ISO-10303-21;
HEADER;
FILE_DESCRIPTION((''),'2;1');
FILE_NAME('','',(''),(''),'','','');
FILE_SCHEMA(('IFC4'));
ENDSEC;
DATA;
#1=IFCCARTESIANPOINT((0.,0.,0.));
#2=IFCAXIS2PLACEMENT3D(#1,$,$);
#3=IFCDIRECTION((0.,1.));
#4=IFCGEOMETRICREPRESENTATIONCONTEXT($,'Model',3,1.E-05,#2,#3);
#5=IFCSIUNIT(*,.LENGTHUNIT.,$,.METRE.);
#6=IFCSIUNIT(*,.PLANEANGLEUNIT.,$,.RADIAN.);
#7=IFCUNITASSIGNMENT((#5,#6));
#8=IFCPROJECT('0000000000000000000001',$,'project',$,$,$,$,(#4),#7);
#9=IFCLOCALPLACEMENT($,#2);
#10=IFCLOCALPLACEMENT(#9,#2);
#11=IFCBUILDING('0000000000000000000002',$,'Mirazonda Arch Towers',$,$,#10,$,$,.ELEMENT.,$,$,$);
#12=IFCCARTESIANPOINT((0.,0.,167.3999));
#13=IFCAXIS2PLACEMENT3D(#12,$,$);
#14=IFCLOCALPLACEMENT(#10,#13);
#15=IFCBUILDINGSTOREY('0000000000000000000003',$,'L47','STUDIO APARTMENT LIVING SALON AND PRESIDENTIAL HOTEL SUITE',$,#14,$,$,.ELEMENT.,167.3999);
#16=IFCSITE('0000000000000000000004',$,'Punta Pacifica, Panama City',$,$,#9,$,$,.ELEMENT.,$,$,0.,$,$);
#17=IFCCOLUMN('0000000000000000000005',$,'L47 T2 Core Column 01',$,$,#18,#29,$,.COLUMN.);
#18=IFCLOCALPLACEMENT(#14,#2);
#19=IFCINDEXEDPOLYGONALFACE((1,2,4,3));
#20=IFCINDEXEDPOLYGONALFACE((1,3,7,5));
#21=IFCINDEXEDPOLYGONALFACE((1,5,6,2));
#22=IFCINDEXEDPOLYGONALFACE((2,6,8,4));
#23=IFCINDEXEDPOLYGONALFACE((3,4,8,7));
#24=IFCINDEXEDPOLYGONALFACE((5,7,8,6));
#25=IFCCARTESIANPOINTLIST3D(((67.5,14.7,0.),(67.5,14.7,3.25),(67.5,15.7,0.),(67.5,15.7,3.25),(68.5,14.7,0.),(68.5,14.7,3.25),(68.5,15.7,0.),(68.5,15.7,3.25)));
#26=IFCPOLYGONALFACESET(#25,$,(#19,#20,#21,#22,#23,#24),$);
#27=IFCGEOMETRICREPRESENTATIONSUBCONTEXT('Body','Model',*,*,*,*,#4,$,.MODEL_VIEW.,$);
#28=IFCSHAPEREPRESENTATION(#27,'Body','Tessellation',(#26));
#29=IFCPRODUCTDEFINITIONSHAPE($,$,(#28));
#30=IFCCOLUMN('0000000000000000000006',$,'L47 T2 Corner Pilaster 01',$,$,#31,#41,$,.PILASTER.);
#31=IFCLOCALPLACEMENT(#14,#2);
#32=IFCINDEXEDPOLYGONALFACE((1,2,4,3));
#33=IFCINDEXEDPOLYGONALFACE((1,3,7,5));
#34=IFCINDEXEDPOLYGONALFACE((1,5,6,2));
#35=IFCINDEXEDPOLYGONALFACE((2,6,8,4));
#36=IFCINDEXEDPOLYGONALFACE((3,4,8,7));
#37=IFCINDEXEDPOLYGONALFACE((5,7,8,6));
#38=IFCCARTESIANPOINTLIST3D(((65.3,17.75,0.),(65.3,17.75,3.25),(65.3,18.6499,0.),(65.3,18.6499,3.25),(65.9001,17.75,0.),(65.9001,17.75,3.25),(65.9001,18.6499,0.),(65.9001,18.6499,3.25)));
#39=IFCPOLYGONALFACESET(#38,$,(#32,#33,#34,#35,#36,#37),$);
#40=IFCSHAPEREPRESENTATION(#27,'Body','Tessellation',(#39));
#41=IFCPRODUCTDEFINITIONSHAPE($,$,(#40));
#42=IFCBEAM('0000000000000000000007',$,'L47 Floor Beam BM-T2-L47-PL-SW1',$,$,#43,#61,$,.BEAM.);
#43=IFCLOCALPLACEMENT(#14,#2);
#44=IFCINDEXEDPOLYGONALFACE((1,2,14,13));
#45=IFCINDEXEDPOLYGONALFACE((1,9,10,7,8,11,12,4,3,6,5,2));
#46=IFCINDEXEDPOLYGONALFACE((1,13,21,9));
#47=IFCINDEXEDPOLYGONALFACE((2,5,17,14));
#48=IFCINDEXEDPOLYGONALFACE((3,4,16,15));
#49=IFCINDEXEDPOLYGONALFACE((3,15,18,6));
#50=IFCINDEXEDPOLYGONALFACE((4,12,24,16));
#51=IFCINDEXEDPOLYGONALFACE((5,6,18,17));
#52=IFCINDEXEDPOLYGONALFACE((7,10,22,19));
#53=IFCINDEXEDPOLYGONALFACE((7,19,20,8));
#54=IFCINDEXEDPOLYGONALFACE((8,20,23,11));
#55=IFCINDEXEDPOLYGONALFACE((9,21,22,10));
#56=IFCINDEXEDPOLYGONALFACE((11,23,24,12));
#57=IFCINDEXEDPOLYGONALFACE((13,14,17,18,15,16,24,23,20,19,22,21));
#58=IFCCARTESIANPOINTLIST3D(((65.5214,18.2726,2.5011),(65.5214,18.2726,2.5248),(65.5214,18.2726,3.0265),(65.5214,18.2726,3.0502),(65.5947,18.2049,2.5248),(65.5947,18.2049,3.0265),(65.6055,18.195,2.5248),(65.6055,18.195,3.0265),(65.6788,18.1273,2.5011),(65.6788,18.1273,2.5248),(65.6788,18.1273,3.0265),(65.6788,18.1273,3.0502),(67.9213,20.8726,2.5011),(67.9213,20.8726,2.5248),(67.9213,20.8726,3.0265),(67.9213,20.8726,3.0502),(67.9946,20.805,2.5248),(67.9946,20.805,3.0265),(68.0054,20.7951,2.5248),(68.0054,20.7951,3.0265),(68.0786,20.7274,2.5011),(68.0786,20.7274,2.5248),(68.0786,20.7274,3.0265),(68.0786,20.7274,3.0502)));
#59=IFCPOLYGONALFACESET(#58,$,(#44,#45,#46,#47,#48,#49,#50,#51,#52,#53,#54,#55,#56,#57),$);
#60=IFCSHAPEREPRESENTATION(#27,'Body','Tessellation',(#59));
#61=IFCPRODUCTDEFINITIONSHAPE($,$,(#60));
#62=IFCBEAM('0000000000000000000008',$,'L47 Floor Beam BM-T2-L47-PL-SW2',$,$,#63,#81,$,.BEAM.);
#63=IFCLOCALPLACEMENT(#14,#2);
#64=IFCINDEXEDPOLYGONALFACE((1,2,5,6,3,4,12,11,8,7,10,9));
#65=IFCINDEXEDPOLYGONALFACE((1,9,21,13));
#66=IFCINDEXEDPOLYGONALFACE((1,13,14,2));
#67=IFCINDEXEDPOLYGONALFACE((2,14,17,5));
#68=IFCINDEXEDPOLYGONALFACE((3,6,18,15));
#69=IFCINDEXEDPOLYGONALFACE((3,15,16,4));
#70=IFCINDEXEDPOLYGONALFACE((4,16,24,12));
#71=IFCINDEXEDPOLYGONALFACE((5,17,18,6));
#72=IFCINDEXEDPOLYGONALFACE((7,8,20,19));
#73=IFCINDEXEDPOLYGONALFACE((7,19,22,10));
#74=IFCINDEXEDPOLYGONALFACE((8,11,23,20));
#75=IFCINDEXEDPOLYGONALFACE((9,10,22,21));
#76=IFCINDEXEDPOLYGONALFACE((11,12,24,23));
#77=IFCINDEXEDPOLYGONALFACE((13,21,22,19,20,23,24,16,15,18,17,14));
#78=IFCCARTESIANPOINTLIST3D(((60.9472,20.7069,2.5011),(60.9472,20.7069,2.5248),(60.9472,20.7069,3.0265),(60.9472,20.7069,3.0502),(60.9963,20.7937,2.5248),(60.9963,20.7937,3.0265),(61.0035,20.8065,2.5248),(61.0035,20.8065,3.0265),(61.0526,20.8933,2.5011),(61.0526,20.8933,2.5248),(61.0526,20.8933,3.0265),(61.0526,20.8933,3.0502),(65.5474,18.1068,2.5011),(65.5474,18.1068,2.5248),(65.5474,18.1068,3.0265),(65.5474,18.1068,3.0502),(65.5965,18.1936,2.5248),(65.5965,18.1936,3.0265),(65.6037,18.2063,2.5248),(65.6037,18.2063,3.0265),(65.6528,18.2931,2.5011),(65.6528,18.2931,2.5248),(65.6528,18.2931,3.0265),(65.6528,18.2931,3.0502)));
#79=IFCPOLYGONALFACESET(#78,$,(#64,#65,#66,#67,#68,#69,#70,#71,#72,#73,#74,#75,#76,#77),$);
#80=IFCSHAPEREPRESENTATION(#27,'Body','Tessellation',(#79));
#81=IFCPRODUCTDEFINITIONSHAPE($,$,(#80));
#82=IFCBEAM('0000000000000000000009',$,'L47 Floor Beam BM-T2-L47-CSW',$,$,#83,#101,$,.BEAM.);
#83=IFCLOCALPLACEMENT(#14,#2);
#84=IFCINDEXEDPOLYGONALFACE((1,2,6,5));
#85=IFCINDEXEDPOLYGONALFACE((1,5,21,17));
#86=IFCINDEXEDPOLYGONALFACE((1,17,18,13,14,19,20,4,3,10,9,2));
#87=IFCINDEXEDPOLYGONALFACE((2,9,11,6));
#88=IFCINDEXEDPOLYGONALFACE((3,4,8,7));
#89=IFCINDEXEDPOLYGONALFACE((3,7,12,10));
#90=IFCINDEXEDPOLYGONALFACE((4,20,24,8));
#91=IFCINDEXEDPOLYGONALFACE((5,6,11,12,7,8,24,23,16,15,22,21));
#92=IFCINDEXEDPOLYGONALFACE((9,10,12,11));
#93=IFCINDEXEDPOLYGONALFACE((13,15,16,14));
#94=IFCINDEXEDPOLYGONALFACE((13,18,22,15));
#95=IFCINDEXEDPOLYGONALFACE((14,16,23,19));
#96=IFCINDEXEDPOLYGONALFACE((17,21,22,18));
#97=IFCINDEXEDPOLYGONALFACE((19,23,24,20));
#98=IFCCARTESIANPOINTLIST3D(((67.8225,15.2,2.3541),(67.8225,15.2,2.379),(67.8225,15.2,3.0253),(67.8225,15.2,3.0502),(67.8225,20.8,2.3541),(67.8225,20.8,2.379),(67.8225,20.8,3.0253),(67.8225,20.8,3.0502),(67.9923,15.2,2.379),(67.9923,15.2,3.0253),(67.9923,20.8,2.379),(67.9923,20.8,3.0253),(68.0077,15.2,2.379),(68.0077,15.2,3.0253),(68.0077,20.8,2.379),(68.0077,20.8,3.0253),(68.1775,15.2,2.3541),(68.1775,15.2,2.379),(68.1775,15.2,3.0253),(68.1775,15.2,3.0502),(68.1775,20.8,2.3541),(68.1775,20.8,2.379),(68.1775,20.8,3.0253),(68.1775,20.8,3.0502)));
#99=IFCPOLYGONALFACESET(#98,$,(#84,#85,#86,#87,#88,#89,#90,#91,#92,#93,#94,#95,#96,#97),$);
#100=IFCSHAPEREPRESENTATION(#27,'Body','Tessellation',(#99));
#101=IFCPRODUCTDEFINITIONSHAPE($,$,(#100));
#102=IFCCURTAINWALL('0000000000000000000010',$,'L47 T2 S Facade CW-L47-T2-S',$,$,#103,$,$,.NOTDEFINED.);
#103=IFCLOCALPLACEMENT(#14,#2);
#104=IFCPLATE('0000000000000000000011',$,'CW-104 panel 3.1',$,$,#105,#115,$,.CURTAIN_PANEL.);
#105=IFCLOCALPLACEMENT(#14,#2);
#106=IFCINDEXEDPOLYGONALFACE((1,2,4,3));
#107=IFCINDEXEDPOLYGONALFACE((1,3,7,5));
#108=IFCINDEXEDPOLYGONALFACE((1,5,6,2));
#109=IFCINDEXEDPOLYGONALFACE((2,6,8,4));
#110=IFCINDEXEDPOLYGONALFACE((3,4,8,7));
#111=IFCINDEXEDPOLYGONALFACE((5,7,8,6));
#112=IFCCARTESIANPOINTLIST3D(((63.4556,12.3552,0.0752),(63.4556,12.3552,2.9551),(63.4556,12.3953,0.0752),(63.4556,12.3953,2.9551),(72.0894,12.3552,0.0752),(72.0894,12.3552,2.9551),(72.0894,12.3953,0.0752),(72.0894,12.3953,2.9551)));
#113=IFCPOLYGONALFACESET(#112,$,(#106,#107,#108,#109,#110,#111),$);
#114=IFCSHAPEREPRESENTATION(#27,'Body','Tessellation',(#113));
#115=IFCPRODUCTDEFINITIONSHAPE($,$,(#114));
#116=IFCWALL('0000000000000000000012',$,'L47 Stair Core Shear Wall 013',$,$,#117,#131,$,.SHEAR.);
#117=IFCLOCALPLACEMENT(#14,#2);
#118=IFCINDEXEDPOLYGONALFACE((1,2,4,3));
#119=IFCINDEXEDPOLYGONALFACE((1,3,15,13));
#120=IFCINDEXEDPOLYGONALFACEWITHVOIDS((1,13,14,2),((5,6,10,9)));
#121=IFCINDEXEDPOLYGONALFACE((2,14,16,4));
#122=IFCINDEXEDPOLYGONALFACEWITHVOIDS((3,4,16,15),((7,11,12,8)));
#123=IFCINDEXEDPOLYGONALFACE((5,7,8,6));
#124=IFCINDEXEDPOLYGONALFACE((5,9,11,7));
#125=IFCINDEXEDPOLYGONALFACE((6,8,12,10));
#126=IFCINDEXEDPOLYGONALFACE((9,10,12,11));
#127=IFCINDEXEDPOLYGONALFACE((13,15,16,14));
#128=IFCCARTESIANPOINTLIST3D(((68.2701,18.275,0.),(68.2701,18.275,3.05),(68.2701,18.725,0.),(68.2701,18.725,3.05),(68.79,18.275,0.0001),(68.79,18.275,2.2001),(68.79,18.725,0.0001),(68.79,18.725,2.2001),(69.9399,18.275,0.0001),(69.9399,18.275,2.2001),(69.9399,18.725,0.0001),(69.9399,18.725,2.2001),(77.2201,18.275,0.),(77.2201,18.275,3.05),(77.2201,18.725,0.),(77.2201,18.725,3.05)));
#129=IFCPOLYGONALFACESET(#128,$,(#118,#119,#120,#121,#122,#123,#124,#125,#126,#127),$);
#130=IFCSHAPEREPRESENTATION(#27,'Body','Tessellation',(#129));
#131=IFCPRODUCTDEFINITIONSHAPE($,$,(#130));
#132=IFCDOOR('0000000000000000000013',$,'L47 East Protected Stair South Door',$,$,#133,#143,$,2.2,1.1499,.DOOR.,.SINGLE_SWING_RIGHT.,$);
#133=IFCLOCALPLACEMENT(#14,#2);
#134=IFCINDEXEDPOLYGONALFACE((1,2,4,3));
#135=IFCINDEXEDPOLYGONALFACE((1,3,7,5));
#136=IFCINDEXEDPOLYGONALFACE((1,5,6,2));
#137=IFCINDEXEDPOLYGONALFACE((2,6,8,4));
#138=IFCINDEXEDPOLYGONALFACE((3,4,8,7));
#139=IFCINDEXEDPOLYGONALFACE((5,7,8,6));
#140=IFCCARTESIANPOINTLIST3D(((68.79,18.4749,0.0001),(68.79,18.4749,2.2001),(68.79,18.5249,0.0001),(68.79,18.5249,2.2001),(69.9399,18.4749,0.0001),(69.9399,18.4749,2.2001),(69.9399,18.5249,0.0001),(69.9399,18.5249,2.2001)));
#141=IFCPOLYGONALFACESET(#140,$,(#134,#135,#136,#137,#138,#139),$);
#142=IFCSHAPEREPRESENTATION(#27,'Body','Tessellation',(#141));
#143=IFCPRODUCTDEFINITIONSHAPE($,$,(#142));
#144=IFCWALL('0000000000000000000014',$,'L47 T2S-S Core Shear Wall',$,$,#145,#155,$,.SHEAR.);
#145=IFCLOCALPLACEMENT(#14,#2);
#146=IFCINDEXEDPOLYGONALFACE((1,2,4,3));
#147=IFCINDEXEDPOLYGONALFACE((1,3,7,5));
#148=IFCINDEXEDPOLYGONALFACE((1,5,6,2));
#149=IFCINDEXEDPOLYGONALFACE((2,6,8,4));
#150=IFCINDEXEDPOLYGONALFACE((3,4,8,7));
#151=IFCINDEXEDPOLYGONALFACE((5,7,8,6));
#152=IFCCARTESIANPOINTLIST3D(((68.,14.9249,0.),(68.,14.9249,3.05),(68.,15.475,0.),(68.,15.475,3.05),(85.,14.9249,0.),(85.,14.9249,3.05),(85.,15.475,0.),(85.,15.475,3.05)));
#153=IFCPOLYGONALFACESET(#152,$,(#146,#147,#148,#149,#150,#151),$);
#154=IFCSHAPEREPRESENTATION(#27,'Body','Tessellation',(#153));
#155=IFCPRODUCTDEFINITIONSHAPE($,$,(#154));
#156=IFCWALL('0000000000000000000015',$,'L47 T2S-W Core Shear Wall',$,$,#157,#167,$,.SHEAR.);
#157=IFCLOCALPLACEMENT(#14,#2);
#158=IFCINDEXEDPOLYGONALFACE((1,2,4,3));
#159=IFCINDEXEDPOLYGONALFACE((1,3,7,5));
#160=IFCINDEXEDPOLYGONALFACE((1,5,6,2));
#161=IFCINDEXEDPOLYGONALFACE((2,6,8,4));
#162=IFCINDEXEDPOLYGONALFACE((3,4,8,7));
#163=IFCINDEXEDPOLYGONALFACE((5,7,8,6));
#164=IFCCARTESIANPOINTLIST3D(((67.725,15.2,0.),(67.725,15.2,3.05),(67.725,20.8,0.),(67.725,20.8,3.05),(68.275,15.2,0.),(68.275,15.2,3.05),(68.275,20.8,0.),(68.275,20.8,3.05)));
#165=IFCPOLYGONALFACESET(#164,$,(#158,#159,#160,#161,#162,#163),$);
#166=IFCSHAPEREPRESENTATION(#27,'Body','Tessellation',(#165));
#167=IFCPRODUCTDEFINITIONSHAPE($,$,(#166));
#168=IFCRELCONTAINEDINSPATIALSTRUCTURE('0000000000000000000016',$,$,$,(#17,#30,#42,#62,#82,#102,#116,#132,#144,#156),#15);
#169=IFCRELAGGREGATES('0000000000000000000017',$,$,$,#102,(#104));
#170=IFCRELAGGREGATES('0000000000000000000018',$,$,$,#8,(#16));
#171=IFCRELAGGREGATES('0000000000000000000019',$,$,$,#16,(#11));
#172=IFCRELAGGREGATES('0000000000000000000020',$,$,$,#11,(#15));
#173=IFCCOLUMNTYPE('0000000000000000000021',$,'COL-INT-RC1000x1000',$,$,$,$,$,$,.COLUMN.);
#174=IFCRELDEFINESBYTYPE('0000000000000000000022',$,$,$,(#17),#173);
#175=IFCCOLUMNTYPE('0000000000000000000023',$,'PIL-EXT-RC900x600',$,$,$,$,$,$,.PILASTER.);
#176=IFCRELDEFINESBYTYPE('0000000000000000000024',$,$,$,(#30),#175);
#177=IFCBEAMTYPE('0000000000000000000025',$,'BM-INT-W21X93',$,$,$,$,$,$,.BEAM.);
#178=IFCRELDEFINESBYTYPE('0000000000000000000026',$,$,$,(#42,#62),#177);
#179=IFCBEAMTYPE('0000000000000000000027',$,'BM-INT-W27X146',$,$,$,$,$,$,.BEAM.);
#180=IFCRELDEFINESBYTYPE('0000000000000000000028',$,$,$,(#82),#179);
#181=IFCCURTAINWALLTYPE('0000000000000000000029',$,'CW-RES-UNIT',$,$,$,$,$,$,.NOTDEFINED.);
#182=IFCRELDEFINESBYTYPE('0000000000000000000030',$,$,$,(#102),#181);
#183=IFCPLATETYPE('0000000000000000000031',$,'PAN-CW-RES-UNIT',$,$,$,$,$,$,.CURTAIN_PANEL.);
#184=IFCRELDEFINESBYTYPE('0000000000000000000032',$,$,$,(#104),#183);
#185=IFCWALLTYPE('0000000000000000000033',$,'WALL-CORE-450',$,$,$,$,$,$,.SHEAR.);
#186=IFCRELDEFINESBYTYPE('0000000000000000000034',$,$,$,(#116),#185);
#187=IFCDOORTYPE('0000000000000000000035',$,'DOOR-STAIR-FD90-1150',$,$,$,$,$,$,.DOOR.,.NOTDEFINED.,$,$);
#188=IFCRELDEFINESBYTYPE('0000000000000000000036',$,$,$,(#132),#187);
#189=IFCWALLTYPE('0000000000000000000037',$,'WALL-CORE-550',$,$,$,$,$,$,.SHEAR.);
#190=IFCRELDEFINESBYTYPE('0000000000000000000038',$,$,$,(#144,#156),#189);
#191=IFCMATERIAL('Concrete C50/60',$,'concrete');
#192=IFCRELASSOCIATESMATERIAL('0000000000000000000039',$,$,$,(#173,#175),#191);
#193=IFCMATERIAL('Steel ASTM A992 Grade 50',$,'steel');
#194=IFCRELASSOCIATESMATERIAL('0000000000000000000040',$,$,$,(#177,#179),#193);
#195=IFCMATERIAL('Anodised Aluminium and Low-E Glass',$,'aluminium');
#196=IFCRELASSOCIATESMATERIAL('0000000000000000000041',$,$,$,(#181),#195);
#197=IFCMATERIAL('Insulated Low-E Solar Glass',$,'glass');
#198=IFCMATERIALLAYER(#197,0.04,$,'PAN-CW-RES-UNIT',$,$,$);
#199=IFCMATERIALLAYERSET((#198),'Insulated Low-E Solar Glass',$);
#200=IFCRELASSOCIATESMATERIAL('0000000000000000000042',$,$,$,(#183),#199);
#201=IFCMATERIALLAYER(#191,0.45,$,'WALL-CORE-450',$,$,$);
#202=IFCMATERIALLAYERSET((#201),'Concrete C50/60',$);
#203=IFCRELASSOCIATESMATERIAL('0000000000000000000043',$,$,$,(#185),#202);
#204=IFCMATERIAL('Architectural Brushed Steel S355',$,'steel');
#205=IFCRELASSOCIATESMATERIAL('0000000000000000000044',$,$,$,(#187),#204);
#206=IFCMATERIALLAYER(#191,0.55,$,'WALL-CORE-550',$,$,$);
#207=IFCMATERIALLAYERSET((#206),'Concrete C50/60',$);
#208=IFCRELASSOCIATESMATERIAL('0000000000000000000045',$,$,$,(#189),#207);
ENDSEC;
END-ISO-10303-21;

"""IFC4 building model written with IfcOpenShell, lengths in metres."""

from ifc_helpers import new_model, si_unit, direction, frame, frame_2d, origin, origin_2d, place, context, subcontext, project, spatial, rectangle, i_section, extrude, material, layer, layer_set, material_profile, profile_set, type_object, element, fill, aggregate, save


model = new_model("IFC4")

# Units and contexts
model_context = context("Model", 3, precision=1e-05, world=origin(), true_north=direction((0.0, 1.0)))
body_context = subcontext(model_context, "Body", "Model", "MODEL_VIEW")
ifc_project = project(units=[si_unit("LENGTHUNIT", "METRE"), si_unit("PLANEANGLEUNIT", "RADIAN")], contexts=[model_context])

# Site, building, storey
site_placement = place(None, origin())
site = spatial("IfcSite", under=ifc_project, at=site_placement, Name="Punta Pacifica, Panama City", CompositionType="ELEMENT", RefElevation=0.0)
building_placement = place(site_placement, origin())
building = spatial("IfcBuilding", under=site, at=building_placement, Name="Mirazonda Arch Towers", CompositionType="ELEMENT")
storey_placement = place(building_placement, frame((0.0, 0.0, 167.3999)))
storey = spatial("IfcBuildingStorey", under=building, at=storey_placement, Name="L47", Description="STUDIO APARTMENT LIVING SALON AND PRESIDENTIAL HOTEL SUITE", CompositionType="ELEMENT", Elevation=167.3999)

# Columns
ifc_material_1 = material(Name="Concrete C50/60", Category="concrete")
ifc_material_profile_1 = material_profile(ifc_material_1, rectangle(XDim=1.0, YDim=1.0, at=origin_2d()), Name="RC1000x1000")
ifc_profile_set_1 = profile_set([ifc_material_profile_1], Name="Concrete C50/60")
column_type_1 = type_object("IfcColumnType", Name="COL-INT-RC1000x1000", PredefinedType="COLUMN", material=ifc_profile_set_1)
column_1_placement = place(storey_placement, frame((68.0, 15.2, 0.0), z_axis=(0.0, 0.0, 1.0), x_axis=(1.0, 0.0, 0.0)))
element("IfcColumn", 1, at=column_1_placement, inside=storey, type_object=column_type_1, Name="L47 T2 Core Column 01", PredefinedType="COLUMN", context=body_context, shape_type="SweptSolid", body=[
    extrude(rectangle(XDim=1.0, YDim=1.0, at=origin_2d()), origin(), (0.0, 0.0, 1.0), 3.25),
])
ifc_material_profile_2 = material_profile(ifc_material_1, rectangle(XDim=0.6001, YDim=0.8999, at=origin_2d()), Name="RC900x600")
ifc_profile_set_2 = profile_set([ifc_material_profile_2], Name="Concrete C50/60")
column_type_2 = type_object("IfcColumnType", Name="PIL-EXT-RC900x600", PredefinedType="PILASTER", material=ifc_profile_set_2)
column_2_placement = place(storey_placement, frame((65.6001, 18.2, 0.0), z_axis=(0.0, 0.0, 1.0), x_axis=(1.0, 0.0, 0.0)))
element("IfcColumn", 2, at=column_2_placement, inside=storey, type_object=column_type_2, Name="L47 T2 Corner Pilaster 01", PredefinedType="PILASTER", context=body_context, shape_type="SweptSolid", body=[
    extrude(rectangle(XDim=0.6001, YDim=0.8999, at=origin_2d()), origin(), (0.0, 0.0, 1.0), 3.25),
])

# Beams
ifc_material_2 = material(Name="Steel ASTM A992 Grade 50", Category="steel")
ifc_material_profile_3 = material_profile(ifc_material_2, i_section(OverallWidth=0.2141, OverallDepth=0.5491, WebThickness=0.0146, FlangeThickness=0.0237, at=origin_2d()), Name="W21X93")
ifc_profile_set_3 = profile_set([ifc_material_profile_3], Name="Steel ASTM A992 Grade 50")
beam_type_1 = type_object("IfcBeamType", Name="BM-INT-W21X93", PredefinedType="BEAM", material=ifc_profile_set_3)
beam_1_placement = place(storey_placement, frame((65.6001, 18.2, 2.7756), z_axis=(0.678251, 0.73483, 0.0), x_axis=(-0.73483, 0.678251, 0.0)))
element("IfcBeam", 3, at=beam_1_placement, inside=storey, type_object=beam_type_1, Name="L47 Floor Beam BM-T2-L47-PL-SW1", PredefinedType="BEAM", context=body_context, shape_type="SweptSolid", body=[
    extrude(i_section(OverallWidth=0.2141, OverallDepth=0.5491, WebThickness=0.0146, FlangeThickness=0.0237, at=origin_2d()), origin(), (0.0, 0.0, 1.0), 3.5383),
])
beam_2_placement = place(storey_placement, frame((65.6001, 18.2, 2.7756), z_axis=(-0.870559, 0.492063, 0.0), x_axis=(-0.492063, -0.870559, 0.0)))
element("IfcBeam", 4, at=beam_2_placement, inside=storey, type_object=beam_type_1, Name="L47 Floor Beam BM-T2-L47-PL-SW2", PredefinedType="BEAM", context=body_context, shape_type="SweptSolid", body=[
    extrude(i_section(OverallWidth=0.2141, OverallDepth=0.5491, WebThickness=0.0146, FlangeThickness=0.0237, at=origin_2d()), origin(), (0.0, 0.0, 1.0), 5.2842),
])
ifc_material_profile_4 = material_profile(ifc_material_2, i_section(OverallWidth=0.355, OverallDepth=0.696, WebThickness=0.0154, FlangeThickness=0.0249, at=origin_2d()), Name="W27X146")
ifc_profile_set_4 = profile_set([ifc_material_profile_4], Name="Steel ASTM A992 Grade 50")
beam_type_2 = type_object("IfcBeamType", Name="BM-INT-W27X146", PredefinedType="BEAM", material=ifc_profile_set_4)
beam_3_placement = place(storey_placement, frame((68.0, 15.2, 2.7021), z_axis=(0.0, 1.0, 0.0), x_axis=(-1.0, 0.0, 0.0)))
element("IfcBeam", 5, at=beam_3_placement, inside=storey, type_object=beam_type_2, Name="L47 Floor Beam BM-T2-L47-CSW", PredefinedType="BEAM", context=body_context, shape_type="SweptSolid", body=[
    extrude(i_section(OverallWidth=0.355, OverallDepth=0.696, WebThickness=0.0154, FlangeThickness=0.0249, at=origin_2d()), origin(), (0.0, 0.0, 1.0), 5.6001),
])

# Curtain wall, plate
ifc_material_3 = material(Name="Anodised Aluminium and Low-E Glass", Category="aluminium")
curtain_wall_type = type_object("IfcCurtainWallType", Name="CW-RES-UNIT", PredefinedType="NOTDEFINED", material=ifc_material_3)
curtain_wall_placement = place(storey_placement, origin())
curtain_wall = element("IfcCurtainWall", 6, at=curtain_wall_placement, inside=storey, type_object=curtain_wall_type, Name="L47 T2 S Facade CW-L47-T2-S", PredefinedType="NOTDEFINED")
ifc_material_4 = material(Name="Insulated Low-E Solar Glass", Category="glass")
ifc_layer_1 = layer(ifc_material_4, 0.04, Name="PAN-CW-RES-UNIT")
ifc_layer_set_1 = layer_set([ifc_layer_1], Name="Insulated Low-E Solar Glass")
plate_type = type_object("IfcPlateType", Name="PAN-CW-RES-UNIT", PredefinedType="CURTAIN_PANEL", material=ifc_layer_set_1)
plate_placement = place(storey_placement, frame((67.7725, 12.3752, 0.0752), z_axis=(0.0, 0.0, 1.0), x_axis=(-1.0, 0.0, 0.0)))
plate = element("IfcPlate", 7, at=plate_placement, type_object=plate_type, Name="CW-104 panel 3.1", PredefinedType="CURTAIN_PANEL", context=body_context, shape_type="SweptSolid", body=[
    extrude(rectangle(XDim=8.6338, YDim=0.04, at=origin_2d()), origin(), (0.0, 0.0, 1.0), 2.8799),
])
aggregate(curtain_wall, [plate])

# Wall, opening, door
ifc_layer_2 = layer(ifc_material_1, 0.45, Name="WALL-CORE-450")
ifc_layer_set_2 = layer_set([ifc_layer_2], Name="Concrete C50/60")
wall_type_1 = type_object("IfcWallType", Name="WALL-CORE-450", PredefinedType="SHEAR", material=ifc_layer_set_2)
wall_1_placement = place(storey_placement, frame((68.27, 18.5, 0.0), z_axis=(0.0, 0.0, 1.0), x_axis=(1.0, 0.0, 0.0)))
wall_1 = element("IfcWall", 8, at=wall_1_placement, inside=storey, type_object=wall_type_1, Name="L47 Stair Core Shear Wall 013", PredefinedType="SHEAR", context=body_context, shape_type="SweptSolid", body=[
    extrude(rectangle(XDim=8.95, YDim=0.45, at=frame_2d((4.4751, 0.0))), origin(), (0.0, 0.0, 1.0), 3.05),
])
opening_placement = place(wall_1_placement, frame((0.52, 0.0, 0.0)))
opening = element("IfcOpeningElement", 9, at=opening_placement, cuts=wall_1, PredefinedType="OPENING", context=body_context, shape_type="SweptSolid", body=[
    extrude(rectangle(XDim=1.1499, YDim=2.2, at=frame_2d((0.575, 1.1001))), frame((0.0, 0.2349, 0.0), z_axis=(0.0, -1.0, 0.0), x_axis=(1.0, 0.0, 0.0)), (0.0, 0.0, 1.0), 0.47),
])
ifc_material_5 = material(Name="Architectural Brushed Steel S355", Category="steel")
door_type = type_object("IfcDoorType", Name="DOOR-STAIR-FD90-1150", OperationType="NOTDEFINED", PredefinedType="DOOR", material=ifc_material_5)
door_placement = place(opening_placement, origin())
door = element("IfcDoor", 10, at=door_placement, inside=storey, type_object=door_type, Name="L47 East Protected Stair South Door", OperationType="SINGLE_SWING_RIGHT", OverallHeight=2.2, OverallWidth=1.1499, PredefinedType="DOOR", context=body_context, shape_type="SweptSolid", body=[
    extrude(rectangle(XDim=1.1499, YDim=2.2, at=frame_2d((0.575, 1.1001))), frame((0.0, 0.0249, 0.0), z_axis=(0.0, -1.0, 0.0), x_axis=(1.0, 0.0, 0.0)), (0.0, 0.0, 1.0), 0.05),
])
fill(opening, door)

# Walls
ifc_layer_3 = layer(ifc_material_1, 0.55, Name="WALL-CORE-550")
ifc_layer_set_3 = layer_set([ifc_layer_3], Name="Concrete C50/60")
wall_type_2 = type_object("IfcWallType", Name="WALL-CORE-550", PredefinedType="SHEAR", material=ifc_layer_set_3)
wall_2_placement = place(storey_placement, frame((68.0, 15.2, 0.0), z_axis=(0.0, 0.0, 1.0), x_axis=(1.0, 0.0, 0.0)))
element("IfcWall", 11, at=wall_2_placement, inside=storey, type_object=wall_type_2, Name="L47 T2S-S Core Shear Wall", PredefinedType="SHEAR", context=body_context, shape_type="SweptSolid", body=[
    extrude(rectangle(XDim=17.0, YDim=0.55, at=frame_2d((8.5, 0.0))), origin(), (0.0, 0.0, 1.0), 3.05),
])
wall_3_placement = place(storey_placement, frame((68.0, 15.2, 0.0), z_axis=(0.0, 0.0, 1.0), x_axis=(0.0, 1.0, 0.0)))
element("IfcWall", 12, at=wall_3_placement, inside=storey, type_object=wall_type_2, Name="L47 T2S-W Core Shear Wall", PredefinedType="SHEAR", context=body_context, shape_type="SweptSolid", body=[
    extrude(rectangle(XDim=5.6001, YDim=0.55, at=frame_2d((2.8, 0.0))), origin(), (0.0, 0.0, 1.0), 3.05),
])

save(model, "model.ifc")
